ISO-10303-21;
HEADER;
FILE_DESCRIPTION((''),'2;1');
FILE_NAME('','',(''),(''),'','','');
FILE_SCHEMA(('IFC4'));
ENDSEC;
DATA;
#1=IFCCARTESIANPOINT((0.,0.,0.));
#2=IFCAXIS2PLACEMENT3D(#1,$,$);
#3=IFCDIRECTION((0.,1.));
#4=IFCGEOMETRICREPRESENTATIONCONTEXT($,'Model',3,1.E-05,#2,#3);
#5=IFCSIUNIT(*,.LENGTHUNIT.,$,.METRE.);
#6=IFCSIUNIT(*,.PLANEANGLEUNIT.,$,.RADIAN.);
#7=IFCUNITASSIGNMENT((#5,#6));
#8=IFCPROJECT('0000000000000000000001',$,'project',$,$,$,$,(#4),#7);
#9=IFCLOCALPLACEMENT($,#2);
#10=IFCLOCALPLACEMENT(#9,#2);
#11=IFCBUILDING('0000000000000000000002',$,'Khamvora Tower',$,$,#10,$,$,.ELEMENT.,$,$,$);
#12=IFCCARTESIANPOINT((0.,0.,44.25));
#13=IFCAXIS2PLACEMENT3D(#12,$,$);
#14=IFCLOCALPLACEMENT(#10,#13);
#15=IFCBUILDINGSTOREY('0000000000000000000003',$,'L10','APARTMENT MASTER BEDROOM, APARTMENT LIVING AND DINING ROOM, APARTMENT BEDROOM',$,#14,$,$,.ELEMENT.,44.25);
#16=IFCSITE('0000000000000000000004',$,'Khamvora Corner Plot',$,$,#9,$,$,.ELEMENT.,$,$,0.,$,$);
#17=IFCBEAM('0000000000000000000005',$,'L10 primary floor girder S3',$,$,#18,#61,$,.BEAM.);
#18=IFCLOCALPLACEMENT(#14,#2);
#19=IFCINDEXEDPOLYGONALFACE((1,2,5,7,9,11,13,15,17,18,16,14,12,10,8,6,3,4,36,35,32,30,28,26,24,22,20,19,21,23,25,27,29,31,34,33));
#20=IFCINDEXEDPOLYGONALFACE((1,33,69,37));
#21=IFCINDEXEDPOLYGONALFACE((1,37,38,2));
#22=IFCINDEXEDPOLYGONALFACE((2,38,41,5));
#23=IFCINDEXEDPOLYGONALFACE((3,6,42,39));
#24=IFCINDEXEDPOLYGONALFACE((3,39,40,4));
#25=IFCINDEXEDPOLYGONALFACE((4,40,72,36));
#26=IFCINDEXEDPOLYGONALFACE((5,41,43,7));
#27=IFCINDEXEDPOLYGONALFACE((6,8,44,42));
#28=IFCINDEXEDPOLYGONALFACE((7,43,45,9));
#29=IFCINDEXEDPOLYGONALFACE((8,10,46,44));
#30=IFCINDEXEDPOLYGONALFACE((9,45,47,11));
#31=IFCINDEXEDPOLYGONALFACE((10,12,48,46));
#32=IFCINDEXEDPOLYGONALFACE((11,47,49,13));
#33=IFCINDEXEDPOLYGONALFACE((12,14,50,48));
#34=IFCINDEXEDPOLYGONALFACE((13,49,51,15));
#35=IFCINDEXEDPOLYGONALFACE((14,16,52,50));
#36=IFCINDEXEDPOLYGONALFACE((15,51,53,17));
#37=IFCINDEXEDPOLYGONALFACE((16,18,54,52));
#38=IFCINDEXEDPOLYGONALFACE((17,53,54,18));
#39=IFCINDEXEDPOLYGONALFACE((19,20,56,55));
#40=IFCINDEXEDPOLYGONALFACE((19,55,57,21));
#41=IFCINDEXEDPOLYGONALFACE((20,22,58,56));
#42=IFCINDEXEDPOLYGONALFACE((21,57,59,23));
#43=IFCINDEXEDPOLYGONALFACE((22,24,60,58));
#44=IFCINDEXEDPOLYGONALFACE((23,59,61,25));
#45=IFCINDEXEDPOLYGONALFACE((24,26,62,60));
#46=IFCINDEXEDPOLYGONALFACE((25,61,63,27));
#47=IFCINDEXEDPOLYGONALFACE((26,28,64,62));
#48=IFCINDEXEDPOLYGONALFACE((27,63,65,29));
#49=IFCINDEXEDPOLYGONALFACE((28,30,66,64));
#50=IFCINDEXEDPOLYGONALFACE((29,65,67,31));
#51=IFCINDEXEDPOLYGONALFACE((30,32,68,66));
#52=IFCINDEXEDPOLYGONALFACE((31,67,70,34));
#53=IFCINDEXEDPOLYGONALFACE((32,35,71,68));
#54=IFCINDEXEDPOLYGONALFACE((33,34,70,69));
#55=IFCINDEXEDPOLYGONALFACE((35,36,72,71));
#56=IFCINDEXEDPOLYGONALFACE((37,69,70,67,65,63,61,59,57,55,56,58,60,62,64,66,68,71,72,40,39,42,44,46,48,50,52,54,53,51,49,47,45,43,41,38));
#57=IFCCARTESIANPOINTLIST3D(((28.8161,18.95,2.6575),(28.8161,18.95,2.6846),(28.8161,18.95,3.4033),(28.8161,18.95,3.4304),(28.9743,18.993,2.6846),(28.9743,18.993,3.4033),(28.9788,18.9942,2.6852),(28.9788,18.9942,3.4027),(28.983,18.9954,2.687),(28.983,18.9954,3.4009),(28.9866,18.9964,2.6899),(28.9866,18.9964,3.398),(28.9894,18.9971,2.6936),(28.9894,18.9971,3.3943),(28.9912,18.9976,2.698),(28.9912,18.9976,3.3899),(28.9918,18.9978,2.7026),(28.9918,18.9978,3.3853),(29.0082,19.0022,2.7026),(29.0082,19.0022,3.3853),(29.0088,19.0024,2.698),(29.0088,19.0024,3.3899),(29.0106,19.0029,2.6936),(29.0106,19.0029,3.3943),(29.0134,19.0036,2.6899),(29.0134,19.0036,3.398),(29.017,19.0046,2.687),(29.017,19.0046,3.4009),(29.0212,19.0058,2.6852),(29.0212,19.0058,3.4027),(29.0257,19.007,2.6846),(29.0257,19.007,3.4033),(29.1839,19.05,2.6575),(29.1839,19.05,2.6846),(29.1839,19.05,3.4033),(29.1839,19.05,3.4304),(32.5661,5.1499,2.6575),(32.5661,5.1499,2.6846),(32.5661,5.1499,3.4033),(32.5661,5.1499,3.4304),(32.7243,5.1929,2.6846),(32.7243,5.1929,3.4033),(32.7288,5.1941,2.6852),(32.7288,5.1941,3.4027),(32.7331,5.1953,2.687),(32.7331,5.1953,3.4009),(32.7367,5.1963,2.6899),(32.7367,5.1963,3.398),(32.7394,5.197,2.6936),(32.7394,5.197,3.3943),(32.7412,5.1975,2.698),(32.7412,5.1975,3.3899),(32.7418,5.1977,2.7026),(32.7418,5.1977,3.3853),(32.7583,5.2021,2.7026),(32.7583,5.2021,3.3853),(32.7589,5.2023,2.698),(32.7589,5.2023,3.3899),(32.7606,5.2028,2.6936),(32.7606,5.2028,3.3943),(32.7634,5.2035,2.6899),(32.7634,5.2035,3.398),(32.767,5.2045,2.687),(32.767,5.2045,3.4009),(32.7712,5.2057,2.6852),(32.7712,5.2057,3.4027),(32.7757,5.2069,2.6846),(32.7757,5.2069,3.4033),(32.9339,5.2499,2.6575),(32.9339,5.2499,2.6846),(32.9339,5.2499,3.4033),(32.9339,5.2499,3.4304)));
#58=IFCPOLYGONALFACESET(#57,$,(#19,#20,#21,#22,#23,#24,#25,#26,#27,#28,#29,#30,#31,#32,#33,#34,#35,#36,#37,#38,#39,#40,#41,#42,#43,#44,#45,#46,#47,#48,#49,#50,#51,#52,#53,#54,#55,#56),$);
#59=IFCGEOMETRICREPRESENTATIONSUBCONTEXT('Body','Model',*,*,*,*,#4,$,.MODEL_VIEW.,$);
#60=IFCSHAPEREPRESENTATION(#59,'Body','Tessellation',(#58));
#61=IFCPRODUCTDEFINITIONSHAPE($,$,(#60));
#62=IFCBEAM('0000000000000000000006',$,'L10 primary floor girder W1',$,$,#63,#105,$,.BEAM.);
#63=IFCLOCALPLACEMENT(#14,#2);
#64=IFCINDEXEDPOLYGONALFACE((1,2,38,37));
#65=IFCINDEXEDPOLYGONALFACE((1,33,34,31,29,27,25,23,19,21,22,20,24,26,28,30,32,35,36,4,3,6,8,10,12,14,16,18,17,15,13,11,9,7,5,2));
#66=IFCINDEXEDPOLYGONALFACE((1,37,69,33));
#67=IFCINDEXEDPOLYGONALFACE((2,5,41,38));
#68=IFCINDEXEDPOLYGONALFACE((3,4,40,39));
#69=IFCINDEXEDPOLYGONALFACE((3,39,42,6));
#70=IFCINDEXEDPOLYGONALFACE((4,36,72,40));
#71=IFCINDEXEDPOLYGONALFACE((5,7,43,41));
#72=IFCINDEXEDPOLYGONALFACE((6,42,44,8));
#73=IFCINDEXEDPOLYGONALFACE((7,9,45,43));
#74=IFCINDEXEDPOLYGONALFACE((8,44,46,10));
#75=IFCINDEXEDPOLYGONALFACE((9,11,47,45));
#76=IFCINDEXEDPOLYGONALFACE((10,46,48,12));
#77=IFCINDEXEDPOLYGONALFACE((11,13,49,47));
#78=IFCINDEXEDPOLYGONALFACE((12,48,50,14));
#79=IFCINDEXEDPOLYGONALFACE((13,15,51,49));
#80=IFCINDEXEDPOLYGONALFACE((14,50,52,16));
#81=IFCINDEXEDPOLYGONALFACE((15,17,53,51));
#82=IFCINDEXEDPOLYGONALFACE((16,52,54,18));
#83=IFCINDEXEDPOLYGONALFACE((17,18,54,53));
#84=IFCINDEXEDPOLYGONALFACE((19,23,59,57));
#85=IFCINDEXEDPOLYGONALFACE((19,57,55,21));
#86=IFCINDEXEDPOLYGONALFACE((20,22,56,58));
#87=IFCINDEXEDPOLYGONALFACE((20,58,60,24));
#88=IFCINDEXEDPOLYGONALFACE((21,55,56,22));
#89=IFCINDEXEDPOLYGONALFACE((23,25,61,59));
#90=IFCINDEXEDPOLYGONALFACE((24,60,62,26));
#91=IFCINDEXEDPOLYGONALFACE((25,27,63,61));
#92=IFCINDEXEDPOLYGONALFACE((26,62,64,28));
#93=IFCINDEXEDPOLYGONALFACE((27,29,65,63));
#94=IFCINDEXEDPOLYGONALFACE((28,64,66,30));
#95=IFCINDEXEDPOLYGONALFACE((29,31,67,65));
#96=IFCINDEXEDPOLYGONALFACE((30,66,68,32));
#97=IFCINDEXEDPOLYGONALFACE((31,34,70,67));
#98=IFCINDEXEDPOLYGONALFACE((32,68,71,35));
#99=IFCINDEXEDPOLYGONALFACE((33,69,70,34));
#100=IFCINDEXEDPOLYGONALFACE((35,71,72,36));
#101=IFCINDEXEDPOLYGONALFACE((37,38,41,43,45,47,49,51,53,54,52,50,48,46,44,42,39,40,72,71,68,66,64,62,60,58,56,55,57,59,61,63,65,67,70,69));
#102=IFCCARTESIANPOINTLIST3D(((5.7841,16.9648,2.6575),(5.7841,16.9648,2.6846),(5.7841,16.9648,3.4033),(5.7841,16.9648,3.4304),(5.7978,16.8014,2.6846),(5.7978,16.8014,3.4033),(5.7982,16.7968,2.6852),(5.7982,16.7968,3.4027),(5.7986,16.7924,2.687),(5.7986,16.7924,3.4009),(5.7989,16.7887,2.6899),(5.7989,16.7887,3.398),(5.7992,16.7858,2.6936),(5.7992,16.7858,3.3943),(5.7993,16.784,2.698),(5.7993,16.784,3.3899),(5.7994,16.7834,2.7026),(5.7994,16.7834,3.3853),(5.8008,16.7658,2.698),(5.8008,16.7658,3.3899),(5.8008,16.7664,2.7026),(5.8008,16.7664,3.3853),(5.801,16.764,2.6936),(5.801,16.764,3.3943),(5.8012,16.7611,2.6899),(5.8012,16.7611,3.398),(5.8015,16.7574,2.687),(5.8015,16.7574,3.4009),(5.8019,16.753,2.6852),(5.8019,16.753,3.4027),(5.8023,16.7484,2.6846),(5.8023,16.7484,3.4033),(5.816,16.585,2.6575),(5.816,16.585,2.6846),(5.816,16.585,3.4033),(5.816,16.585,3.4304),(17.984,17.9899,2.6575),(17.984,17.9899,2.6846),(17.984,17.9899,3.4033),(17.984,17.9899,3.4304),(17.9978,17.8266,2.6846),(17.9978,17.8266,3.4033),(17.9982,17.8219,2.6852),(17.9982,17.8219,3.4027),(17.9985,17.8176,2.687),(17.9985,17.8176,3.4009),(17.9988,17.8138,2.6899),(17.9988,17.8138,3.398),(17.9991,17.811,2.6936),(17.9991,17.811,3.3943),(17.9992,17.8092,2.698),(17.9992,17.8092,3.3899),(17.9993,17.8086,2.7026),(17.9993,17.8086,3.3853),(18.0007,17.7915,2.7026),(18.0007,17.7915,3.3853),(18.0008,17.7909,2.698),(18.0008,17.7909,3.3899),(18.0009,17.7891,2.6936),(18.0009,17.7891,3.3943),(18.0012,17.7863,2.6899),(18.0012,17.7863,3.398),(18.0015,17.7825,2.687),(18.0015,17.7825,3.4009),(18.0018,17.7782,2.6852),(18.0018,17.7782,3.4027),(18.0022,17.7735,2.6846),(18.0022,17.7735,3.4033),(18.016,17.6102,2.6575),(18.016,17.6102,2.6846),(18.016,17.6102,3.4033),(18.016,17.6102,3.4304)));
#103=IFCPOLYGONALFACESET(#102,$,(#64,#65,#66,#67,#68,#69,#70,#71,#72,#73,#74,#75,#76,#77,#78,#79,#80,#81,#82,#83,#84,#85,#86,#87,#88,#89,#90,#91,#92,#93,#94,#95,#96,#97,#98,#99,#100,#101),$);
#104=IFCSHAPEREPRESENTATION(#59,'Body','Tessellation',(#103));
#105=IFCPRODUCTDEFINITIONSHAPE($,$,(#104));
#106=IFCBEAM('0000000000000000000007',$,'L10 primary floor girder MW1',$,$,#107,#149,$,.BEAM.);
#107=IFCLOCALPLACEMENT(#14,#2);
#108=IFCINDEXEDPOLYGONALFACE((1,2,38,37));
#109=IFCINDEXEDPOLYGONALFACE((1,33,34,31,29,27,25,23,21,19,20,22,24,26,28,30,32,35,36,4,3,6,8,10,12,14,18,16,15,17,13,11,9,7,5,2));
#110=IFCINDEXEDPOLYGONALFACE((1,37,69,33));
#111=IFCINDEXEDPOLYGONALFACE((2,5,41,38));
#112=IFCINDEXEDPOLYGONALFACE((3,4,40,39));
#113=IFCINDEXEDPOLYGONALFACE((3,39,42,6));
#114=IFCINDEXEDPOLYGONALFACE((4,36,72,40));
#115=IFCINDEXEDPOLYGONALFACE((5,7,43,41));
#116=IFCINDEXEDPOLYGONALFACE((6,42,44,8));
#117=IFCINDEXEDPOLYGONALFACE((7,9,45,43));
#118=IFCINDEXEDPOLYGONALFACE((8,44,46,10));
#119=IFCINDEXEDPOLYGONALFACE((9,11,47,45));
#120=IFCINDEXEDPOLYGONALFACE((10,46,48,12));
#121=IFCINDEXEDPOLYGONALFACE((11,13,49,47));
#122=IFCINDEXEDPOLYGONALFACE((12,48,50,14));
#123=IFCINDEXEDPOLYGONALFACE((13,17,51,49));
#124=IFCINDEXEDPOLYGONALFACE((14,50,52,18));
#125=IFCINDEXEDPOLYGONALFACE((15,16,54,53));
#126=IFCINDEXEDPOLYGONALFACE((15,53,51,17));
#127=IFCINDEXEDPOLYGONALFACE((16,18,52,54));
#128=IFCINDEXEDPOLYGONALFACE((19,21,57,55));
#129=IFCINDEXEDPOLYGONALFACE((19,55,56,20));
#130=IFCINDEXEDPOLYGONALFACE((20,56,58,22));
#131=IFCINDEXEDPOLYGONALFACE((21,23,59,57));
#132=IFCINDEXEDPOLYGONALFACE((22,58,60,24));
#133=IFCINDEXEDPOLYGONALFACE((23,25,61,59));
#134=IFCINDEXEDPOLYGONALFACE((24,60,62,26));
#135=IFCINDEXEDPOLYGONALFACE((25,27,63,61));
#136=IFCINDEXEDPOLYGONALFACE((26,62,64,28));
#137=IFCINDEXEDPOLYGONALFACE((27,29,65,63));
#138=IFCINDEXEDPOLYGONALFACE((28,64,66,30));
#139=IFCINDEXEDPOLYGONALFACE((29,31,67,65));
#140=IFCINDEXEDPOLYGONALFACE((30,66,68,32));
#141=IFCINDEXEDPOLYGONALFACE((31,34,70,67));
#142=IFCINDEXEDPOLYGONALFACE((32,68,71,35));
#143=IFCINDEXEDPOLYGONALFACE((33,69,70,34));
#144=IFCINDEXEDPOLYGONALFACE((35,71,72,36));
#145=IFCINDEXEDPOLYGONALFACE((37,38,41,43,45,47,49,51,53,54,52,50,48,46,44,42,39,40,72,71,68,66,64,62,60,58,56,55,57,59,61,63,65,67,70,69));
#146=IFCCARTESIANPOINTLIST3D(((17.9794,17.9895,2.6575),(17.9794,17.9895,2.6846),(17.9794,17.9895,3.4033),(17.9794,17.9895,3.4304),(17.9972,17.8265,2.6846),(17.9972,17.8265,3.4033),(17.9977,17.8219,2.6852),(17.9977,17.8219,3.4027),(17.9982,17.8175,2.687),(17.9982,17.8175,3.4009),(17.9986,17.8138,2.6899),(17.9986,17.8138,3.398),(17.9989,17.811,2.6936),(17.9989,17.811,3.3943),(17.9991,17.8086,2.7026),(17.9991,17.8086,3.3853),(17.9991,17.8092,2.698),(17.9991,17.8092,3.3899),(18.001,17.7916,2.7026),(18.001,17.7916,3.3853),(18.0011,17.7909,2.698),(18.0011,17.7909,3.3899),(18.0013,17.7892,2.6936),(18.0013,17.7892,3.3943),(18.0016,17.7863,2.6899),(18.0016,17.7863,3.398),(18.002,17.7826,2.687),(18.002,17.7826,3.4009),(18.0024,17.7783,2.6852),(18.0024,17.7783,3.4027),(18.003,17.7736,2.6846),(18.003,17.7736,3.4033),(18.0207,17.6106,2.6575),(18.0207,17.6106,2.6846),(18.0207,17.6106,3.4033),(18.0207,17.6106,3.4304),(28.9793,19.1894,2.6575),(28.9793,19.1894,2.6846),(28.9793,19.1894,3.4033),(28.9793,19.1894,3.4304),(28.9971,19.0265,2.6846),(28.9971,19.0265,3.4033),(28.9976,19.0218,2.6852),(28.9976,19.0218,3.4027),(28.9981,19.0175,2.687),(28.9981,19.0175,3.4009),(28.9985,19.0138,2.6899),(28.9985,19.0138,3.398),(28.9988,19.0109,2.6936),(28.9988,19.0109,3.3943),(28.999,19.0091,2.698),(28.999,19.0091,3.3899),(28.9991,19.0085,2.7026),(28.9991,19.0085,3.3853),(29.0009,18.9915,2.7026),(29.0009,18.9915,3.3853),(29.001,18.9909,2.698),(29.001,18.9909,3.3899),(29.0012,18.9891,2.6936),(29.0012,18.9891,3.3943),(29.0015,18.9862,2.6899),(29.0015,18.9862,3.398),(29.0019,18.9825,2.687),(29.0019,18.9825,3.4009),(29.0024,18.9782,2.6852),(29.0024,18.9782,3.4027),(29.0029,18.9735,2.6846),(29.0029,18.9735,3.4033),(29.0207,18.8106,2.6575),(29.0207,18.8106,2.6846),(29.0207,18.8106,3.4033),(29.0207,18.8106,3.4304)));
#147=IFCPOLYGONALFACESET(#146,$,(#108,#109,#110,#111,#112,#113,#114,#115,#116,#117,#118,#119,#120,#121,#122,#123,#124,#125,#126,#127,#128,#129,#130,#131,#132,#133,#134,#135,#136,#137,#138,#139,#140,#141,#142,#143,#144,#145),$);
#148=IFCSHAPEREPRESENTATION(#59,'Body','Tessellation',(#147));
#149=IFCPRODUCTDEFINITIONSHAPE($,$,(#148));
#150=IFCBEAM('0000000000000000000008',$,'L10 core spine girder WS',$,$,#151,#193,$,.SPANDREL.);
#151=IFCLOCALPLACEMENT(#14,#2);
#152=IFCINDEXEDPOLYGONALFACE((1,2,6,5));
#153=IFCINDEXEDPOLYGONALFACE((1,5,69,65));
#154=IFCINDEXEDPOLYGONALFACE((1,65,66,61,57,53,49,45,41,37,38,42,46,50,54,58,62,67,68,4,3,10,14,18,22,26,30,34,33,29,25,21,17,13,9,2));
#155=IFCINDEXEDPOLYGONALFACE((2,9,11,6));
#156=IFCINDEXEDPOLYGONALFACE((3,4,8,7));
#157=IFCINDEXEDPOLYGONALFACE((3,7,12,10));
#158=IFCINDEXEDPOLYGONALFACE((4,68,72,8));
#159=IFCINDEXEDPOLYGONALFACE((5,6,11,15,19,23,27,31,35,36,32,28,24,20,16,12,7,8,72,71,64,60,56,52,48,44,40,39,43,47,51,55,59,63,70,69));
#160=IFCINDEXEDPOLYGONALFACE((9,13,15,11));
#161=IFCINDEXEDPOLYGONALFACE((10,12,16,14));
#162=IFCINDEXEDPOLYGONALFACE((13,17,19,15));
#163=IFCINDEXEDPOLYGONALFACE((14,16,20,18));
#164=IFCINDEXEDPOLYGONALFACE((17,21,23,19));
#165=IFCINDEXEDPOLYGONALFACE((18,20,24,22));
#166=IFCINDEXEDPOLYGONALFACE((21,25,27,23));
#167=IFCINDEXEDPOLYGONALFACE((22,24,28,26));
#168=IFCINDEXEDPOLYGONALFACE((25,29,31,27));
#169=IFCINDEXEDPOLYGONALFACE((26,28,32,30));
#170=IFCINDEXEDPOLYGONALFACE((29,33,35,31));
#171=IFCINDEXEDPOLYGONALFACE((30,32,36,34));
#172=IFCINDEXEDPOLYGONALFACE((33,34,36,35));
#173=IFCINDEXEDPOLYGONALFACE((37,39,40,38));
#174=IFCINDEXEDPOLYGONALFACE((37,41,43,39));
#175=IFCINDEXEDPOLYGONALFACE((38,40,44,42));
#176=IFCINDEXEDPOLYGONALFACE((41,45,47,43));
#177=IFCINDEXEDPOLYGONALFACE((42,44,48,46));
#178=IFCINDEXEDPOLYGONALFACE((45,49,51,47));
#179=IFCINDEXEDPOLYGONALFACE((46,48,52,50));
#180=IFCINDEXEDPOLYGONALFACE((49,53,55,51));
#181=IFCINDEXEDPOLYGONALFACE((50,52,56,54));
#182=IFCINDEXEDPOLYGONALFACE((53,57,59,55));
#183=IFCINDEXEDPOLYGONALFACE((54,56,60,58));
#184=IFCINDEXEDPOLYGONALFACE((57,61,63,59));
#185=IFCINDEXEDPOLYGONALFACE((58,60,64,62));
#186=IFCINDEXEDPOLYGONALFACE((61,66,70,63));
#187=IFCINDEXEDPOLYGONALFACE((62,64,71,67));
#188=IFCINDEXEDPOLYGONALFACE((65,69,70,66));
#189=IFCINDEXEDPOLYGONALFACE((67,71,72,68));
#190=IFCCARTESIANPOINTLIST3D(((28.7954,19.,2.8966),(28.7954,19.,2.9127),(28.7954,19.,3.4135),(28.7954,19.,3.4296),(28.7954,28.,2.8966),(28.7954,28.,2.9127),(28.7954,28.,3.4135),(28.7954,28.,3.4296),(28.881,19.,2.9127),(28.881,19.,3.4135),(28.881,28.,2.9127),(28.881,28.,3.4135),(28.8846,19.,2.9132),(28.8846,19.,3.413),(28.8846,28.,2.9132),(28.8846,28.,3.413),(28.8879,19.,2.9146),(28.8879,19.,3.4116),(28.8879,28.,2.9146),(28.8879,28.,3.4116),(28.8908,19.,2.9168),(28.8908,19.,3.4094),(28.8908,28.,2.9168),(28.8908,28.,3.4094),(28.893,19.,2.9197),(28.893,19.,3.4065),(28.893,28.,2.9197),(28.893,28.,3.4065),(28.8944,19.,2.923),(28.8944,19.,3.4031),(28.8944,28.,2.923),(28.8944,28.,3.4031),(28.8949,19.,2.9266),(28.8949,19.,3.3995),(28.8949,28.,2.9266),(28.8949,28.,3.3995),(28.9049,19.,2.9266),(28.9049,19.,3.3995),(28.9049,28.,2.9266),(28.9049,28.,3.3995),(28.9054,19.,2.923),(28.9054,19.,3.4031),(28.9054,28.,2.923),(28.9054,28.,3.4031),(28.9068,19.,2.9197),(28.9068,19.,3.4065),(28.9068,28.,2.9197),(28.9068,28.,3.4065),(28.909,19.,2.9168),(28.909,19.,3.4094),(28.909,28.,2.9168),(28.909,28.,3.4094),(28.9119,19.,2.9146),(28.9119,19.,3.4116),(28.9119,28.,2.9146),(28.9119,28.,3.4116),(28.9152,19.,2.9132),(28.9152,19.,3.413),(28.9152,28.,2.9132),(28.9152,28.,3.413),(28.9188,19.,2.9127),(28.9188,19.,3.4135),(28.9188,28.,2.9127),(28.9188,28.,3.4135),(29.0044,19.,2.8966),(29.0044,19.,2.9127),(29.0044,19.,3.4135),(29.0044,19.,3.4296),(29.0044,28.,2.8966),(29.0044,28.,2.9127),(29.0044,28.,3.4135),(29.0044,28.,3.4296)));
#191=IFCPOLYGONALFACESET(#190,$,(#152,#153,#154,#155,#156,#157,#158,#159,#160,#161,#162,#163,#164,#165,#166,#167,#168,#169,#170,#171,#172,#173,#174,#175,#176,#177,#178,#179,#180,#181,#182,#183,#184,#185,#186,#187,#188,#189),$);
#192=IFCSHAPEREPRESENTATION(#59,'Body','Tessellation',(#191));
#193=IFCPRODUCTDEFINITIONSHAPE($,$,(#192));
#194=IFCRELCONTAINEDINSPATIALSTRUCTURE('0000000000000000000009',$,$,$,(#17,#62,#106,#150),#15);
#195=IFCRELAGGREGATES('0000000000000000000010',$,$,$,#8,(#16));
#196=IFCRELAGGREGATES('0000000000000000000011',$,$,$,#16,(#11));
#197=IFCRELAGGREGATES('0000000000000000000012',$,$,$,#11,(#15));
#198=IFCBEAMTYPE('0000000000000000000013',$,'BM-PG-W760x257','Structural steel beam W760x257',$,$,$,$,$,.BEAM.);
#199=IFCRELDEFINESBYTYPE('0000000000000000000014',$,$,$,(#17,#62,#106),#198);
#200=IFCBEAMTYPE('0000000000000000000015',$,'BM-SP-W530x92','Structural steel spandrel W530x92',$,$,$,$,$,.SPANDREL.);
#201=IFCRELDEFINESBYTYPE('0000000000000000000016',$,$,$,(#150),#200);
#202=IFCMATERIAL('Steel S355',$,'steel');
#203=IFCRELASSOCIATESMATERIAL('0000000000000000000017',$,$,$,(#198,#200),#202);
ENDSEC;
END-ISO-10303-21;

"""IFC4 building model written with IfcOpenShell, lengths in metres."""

from ifc_helpers import new_model, si_unit, direction, frame, origin, origin_2d, place, context, subcontext, project, spatial, i_section, extrude, material, material_profile, profile_set, type_object, element, save


model = new_model("IFC4")

# Units and contexts
model_context = context("Model", 3, precision=1e-05, world=origin(), true_north=direction((0.0, 1.0)))
body_context = subcontext(model_context, "Body", "Model", "MODEL_VIEW")
ifc_project = project(units=[si_unit("LENGTHUNIT", "METRE"), si_unit("PLANEANGLEUNIT", "RADIAN")], contexts=[model_context])

# Site, building, storey
site_placement = place(None, origin())
site = spatial("IfcSite", under=ifc_project, at=site_placement, Name="Khamvora Corner Plot", CompositionType="ELEMENT", RefElevation=0.0)
building_placement = place(site_placement, origin())
building = spatial("IfcBuilding", under=site, at=building_placement, Name="Khamvora Tower", CompositionType="ELEMENT")
storey_placement = place(building_placement, frame((0.0, 0.0, 44.25)))
storey = spatial("IfcBuildingStorey", under=building, at=storey_placement, Name="L10", Description="APARTMENT MASTER BEDROOM, APARTMENT LIVING AND DINING ROOM, APARTMENT BEDROOM", CompositionType="ELEMENT", Elevation=44.25)

# Beams
ifc_material_1 = material(Name="Steel S355", Category="steel")
ifc_material_profile_1 = material_profile(ifc_material_1, i_section(OverallWidth=0.3811, OverallDepth=0.7729, WebThickness=0.0171, FlangeThickness=0.0271, FilletRadius=0.0181, at=origin_2d()), Name="W760x257")
ifc_profile_set_1 = profile_set([ifc_material_profile_1], Name="Steel S355")
beam_type_1 = type_object("IfcBeamType", Name="BM-PG-W760x257", Description="Structural steel beam W760x257", PredefinedType="BEAM", material=ifc_profile_set_1)
beam_1_placement = place(storey_placement, frame((29.0, 19.0, 3.0439), z_axis=(0.262229, -0.965006, 0.0), x_axis=(0.965006, 0.262229, 0.0)))
element("IfcBeam", 1, at=beam_1_placement, inside=storey, type_object=beam_type_1, Name="L10 primary floor girder S3", PredefinedType="BEAM", context=body_context, shape_type="SweptSolid", body=[
    extrude(i_section(OverallWidth=0.3811, OverallDepth=0.7729, WebThickness=0.0171, FlangeThickness=0.0271, FilletRadius=0.0181, at=origin_2d()), origin(), (0.0, 0.0, 1.0), 14.3005),
])
beam_2_placement = place(storey_placement, frame((18.0, 17.8, 3.0439), z_axis=(-0.996488, -0.083734, 0.0), x_axis=(0.083734, -0.996488, 0.0)))
element("IfcBeam", 2, at=beam_2_placement, inside=storey, type_object=beam_type_1, Name="L10 primary floor girder W1", PredefinedType="BEAM", context=body_context, shape_type="SweptSolid", body=[
    extrude(i_section(OverallWidth=0.3811, OverallDepth=0.7729, WebThickness=0.0171, FlangeThickness=0.0271, FilletRadius=0.0181, at=origin_2d()), origin(), (0.0, 0.0, 1.0), 12.2429),
])
beam_3_placement = place(storey_placement, frame((29.0, 19.0, 3.0439), z_axis=(-0.994103, -0.108443, 0.0), x_axis=(0.108443, -0.994103, 0.0)))
element("IfcBeam", 3, at=beam_3_placement, inside=storey, type_object=beam_type_1, Name="L10 primary floor girder MW1", PredefinedType="BEAM", context=body_context, shape_type="SweptSolid", body=[
    extrude(i_section(OverallWidth=0.3811, OverallDepth=0.7729, WebThickness=0.0171, FlangeThickness=0.0271, FilletRadius=0.0181, at=origin_2d()), origin(), (0.0, 0.0, 1.0), 11.0652),
])
ifc_material_profile_2 = material_profile(ifc_material_1, i_section(OverallWidth=0.209, OverallDepth=0.533, WebThickness=0.01, FlangeThickness=0.0161, FilletRadius=0.0139, at=origin_2d()), Name="W530x92")
ifc_profile_set_2 = profile_set([ifc_material_profile_2], Name="Steel S355")
beam_type_2 = type_object("IfcBeamType", Name="BM-SP-W530x92", Description="Structural steel spandrel W530x92", PredefinedType="SPANDREL", material=ifc_profile_set_2)
beam_4_placement = place(storey_placement, frame((28.8999, 19.0, 3.1631), z_axis=(0.0, 1.0, 0.0), x_axis=(-1.0, 0.0, 0.0)))
element("IfcBeam", 4, at=beam_4_placement, inside=storey, type_object=beam_type_2, Name="L10 core spine girder WS", PredefinedType="SPANDREL", context=body_context, shape_type="SweptSolid", body=[
    extrude(i_section(OverallWidth=0.209, OverallDepth=0.533, WebThickness=0.01, FlangeThickness=0.0161, FilletRadius=0.0139, at=origin_2d()), origin(), (0.0, 0.0, 1.0), 9.0),
])

save(model, "model.ifc")
